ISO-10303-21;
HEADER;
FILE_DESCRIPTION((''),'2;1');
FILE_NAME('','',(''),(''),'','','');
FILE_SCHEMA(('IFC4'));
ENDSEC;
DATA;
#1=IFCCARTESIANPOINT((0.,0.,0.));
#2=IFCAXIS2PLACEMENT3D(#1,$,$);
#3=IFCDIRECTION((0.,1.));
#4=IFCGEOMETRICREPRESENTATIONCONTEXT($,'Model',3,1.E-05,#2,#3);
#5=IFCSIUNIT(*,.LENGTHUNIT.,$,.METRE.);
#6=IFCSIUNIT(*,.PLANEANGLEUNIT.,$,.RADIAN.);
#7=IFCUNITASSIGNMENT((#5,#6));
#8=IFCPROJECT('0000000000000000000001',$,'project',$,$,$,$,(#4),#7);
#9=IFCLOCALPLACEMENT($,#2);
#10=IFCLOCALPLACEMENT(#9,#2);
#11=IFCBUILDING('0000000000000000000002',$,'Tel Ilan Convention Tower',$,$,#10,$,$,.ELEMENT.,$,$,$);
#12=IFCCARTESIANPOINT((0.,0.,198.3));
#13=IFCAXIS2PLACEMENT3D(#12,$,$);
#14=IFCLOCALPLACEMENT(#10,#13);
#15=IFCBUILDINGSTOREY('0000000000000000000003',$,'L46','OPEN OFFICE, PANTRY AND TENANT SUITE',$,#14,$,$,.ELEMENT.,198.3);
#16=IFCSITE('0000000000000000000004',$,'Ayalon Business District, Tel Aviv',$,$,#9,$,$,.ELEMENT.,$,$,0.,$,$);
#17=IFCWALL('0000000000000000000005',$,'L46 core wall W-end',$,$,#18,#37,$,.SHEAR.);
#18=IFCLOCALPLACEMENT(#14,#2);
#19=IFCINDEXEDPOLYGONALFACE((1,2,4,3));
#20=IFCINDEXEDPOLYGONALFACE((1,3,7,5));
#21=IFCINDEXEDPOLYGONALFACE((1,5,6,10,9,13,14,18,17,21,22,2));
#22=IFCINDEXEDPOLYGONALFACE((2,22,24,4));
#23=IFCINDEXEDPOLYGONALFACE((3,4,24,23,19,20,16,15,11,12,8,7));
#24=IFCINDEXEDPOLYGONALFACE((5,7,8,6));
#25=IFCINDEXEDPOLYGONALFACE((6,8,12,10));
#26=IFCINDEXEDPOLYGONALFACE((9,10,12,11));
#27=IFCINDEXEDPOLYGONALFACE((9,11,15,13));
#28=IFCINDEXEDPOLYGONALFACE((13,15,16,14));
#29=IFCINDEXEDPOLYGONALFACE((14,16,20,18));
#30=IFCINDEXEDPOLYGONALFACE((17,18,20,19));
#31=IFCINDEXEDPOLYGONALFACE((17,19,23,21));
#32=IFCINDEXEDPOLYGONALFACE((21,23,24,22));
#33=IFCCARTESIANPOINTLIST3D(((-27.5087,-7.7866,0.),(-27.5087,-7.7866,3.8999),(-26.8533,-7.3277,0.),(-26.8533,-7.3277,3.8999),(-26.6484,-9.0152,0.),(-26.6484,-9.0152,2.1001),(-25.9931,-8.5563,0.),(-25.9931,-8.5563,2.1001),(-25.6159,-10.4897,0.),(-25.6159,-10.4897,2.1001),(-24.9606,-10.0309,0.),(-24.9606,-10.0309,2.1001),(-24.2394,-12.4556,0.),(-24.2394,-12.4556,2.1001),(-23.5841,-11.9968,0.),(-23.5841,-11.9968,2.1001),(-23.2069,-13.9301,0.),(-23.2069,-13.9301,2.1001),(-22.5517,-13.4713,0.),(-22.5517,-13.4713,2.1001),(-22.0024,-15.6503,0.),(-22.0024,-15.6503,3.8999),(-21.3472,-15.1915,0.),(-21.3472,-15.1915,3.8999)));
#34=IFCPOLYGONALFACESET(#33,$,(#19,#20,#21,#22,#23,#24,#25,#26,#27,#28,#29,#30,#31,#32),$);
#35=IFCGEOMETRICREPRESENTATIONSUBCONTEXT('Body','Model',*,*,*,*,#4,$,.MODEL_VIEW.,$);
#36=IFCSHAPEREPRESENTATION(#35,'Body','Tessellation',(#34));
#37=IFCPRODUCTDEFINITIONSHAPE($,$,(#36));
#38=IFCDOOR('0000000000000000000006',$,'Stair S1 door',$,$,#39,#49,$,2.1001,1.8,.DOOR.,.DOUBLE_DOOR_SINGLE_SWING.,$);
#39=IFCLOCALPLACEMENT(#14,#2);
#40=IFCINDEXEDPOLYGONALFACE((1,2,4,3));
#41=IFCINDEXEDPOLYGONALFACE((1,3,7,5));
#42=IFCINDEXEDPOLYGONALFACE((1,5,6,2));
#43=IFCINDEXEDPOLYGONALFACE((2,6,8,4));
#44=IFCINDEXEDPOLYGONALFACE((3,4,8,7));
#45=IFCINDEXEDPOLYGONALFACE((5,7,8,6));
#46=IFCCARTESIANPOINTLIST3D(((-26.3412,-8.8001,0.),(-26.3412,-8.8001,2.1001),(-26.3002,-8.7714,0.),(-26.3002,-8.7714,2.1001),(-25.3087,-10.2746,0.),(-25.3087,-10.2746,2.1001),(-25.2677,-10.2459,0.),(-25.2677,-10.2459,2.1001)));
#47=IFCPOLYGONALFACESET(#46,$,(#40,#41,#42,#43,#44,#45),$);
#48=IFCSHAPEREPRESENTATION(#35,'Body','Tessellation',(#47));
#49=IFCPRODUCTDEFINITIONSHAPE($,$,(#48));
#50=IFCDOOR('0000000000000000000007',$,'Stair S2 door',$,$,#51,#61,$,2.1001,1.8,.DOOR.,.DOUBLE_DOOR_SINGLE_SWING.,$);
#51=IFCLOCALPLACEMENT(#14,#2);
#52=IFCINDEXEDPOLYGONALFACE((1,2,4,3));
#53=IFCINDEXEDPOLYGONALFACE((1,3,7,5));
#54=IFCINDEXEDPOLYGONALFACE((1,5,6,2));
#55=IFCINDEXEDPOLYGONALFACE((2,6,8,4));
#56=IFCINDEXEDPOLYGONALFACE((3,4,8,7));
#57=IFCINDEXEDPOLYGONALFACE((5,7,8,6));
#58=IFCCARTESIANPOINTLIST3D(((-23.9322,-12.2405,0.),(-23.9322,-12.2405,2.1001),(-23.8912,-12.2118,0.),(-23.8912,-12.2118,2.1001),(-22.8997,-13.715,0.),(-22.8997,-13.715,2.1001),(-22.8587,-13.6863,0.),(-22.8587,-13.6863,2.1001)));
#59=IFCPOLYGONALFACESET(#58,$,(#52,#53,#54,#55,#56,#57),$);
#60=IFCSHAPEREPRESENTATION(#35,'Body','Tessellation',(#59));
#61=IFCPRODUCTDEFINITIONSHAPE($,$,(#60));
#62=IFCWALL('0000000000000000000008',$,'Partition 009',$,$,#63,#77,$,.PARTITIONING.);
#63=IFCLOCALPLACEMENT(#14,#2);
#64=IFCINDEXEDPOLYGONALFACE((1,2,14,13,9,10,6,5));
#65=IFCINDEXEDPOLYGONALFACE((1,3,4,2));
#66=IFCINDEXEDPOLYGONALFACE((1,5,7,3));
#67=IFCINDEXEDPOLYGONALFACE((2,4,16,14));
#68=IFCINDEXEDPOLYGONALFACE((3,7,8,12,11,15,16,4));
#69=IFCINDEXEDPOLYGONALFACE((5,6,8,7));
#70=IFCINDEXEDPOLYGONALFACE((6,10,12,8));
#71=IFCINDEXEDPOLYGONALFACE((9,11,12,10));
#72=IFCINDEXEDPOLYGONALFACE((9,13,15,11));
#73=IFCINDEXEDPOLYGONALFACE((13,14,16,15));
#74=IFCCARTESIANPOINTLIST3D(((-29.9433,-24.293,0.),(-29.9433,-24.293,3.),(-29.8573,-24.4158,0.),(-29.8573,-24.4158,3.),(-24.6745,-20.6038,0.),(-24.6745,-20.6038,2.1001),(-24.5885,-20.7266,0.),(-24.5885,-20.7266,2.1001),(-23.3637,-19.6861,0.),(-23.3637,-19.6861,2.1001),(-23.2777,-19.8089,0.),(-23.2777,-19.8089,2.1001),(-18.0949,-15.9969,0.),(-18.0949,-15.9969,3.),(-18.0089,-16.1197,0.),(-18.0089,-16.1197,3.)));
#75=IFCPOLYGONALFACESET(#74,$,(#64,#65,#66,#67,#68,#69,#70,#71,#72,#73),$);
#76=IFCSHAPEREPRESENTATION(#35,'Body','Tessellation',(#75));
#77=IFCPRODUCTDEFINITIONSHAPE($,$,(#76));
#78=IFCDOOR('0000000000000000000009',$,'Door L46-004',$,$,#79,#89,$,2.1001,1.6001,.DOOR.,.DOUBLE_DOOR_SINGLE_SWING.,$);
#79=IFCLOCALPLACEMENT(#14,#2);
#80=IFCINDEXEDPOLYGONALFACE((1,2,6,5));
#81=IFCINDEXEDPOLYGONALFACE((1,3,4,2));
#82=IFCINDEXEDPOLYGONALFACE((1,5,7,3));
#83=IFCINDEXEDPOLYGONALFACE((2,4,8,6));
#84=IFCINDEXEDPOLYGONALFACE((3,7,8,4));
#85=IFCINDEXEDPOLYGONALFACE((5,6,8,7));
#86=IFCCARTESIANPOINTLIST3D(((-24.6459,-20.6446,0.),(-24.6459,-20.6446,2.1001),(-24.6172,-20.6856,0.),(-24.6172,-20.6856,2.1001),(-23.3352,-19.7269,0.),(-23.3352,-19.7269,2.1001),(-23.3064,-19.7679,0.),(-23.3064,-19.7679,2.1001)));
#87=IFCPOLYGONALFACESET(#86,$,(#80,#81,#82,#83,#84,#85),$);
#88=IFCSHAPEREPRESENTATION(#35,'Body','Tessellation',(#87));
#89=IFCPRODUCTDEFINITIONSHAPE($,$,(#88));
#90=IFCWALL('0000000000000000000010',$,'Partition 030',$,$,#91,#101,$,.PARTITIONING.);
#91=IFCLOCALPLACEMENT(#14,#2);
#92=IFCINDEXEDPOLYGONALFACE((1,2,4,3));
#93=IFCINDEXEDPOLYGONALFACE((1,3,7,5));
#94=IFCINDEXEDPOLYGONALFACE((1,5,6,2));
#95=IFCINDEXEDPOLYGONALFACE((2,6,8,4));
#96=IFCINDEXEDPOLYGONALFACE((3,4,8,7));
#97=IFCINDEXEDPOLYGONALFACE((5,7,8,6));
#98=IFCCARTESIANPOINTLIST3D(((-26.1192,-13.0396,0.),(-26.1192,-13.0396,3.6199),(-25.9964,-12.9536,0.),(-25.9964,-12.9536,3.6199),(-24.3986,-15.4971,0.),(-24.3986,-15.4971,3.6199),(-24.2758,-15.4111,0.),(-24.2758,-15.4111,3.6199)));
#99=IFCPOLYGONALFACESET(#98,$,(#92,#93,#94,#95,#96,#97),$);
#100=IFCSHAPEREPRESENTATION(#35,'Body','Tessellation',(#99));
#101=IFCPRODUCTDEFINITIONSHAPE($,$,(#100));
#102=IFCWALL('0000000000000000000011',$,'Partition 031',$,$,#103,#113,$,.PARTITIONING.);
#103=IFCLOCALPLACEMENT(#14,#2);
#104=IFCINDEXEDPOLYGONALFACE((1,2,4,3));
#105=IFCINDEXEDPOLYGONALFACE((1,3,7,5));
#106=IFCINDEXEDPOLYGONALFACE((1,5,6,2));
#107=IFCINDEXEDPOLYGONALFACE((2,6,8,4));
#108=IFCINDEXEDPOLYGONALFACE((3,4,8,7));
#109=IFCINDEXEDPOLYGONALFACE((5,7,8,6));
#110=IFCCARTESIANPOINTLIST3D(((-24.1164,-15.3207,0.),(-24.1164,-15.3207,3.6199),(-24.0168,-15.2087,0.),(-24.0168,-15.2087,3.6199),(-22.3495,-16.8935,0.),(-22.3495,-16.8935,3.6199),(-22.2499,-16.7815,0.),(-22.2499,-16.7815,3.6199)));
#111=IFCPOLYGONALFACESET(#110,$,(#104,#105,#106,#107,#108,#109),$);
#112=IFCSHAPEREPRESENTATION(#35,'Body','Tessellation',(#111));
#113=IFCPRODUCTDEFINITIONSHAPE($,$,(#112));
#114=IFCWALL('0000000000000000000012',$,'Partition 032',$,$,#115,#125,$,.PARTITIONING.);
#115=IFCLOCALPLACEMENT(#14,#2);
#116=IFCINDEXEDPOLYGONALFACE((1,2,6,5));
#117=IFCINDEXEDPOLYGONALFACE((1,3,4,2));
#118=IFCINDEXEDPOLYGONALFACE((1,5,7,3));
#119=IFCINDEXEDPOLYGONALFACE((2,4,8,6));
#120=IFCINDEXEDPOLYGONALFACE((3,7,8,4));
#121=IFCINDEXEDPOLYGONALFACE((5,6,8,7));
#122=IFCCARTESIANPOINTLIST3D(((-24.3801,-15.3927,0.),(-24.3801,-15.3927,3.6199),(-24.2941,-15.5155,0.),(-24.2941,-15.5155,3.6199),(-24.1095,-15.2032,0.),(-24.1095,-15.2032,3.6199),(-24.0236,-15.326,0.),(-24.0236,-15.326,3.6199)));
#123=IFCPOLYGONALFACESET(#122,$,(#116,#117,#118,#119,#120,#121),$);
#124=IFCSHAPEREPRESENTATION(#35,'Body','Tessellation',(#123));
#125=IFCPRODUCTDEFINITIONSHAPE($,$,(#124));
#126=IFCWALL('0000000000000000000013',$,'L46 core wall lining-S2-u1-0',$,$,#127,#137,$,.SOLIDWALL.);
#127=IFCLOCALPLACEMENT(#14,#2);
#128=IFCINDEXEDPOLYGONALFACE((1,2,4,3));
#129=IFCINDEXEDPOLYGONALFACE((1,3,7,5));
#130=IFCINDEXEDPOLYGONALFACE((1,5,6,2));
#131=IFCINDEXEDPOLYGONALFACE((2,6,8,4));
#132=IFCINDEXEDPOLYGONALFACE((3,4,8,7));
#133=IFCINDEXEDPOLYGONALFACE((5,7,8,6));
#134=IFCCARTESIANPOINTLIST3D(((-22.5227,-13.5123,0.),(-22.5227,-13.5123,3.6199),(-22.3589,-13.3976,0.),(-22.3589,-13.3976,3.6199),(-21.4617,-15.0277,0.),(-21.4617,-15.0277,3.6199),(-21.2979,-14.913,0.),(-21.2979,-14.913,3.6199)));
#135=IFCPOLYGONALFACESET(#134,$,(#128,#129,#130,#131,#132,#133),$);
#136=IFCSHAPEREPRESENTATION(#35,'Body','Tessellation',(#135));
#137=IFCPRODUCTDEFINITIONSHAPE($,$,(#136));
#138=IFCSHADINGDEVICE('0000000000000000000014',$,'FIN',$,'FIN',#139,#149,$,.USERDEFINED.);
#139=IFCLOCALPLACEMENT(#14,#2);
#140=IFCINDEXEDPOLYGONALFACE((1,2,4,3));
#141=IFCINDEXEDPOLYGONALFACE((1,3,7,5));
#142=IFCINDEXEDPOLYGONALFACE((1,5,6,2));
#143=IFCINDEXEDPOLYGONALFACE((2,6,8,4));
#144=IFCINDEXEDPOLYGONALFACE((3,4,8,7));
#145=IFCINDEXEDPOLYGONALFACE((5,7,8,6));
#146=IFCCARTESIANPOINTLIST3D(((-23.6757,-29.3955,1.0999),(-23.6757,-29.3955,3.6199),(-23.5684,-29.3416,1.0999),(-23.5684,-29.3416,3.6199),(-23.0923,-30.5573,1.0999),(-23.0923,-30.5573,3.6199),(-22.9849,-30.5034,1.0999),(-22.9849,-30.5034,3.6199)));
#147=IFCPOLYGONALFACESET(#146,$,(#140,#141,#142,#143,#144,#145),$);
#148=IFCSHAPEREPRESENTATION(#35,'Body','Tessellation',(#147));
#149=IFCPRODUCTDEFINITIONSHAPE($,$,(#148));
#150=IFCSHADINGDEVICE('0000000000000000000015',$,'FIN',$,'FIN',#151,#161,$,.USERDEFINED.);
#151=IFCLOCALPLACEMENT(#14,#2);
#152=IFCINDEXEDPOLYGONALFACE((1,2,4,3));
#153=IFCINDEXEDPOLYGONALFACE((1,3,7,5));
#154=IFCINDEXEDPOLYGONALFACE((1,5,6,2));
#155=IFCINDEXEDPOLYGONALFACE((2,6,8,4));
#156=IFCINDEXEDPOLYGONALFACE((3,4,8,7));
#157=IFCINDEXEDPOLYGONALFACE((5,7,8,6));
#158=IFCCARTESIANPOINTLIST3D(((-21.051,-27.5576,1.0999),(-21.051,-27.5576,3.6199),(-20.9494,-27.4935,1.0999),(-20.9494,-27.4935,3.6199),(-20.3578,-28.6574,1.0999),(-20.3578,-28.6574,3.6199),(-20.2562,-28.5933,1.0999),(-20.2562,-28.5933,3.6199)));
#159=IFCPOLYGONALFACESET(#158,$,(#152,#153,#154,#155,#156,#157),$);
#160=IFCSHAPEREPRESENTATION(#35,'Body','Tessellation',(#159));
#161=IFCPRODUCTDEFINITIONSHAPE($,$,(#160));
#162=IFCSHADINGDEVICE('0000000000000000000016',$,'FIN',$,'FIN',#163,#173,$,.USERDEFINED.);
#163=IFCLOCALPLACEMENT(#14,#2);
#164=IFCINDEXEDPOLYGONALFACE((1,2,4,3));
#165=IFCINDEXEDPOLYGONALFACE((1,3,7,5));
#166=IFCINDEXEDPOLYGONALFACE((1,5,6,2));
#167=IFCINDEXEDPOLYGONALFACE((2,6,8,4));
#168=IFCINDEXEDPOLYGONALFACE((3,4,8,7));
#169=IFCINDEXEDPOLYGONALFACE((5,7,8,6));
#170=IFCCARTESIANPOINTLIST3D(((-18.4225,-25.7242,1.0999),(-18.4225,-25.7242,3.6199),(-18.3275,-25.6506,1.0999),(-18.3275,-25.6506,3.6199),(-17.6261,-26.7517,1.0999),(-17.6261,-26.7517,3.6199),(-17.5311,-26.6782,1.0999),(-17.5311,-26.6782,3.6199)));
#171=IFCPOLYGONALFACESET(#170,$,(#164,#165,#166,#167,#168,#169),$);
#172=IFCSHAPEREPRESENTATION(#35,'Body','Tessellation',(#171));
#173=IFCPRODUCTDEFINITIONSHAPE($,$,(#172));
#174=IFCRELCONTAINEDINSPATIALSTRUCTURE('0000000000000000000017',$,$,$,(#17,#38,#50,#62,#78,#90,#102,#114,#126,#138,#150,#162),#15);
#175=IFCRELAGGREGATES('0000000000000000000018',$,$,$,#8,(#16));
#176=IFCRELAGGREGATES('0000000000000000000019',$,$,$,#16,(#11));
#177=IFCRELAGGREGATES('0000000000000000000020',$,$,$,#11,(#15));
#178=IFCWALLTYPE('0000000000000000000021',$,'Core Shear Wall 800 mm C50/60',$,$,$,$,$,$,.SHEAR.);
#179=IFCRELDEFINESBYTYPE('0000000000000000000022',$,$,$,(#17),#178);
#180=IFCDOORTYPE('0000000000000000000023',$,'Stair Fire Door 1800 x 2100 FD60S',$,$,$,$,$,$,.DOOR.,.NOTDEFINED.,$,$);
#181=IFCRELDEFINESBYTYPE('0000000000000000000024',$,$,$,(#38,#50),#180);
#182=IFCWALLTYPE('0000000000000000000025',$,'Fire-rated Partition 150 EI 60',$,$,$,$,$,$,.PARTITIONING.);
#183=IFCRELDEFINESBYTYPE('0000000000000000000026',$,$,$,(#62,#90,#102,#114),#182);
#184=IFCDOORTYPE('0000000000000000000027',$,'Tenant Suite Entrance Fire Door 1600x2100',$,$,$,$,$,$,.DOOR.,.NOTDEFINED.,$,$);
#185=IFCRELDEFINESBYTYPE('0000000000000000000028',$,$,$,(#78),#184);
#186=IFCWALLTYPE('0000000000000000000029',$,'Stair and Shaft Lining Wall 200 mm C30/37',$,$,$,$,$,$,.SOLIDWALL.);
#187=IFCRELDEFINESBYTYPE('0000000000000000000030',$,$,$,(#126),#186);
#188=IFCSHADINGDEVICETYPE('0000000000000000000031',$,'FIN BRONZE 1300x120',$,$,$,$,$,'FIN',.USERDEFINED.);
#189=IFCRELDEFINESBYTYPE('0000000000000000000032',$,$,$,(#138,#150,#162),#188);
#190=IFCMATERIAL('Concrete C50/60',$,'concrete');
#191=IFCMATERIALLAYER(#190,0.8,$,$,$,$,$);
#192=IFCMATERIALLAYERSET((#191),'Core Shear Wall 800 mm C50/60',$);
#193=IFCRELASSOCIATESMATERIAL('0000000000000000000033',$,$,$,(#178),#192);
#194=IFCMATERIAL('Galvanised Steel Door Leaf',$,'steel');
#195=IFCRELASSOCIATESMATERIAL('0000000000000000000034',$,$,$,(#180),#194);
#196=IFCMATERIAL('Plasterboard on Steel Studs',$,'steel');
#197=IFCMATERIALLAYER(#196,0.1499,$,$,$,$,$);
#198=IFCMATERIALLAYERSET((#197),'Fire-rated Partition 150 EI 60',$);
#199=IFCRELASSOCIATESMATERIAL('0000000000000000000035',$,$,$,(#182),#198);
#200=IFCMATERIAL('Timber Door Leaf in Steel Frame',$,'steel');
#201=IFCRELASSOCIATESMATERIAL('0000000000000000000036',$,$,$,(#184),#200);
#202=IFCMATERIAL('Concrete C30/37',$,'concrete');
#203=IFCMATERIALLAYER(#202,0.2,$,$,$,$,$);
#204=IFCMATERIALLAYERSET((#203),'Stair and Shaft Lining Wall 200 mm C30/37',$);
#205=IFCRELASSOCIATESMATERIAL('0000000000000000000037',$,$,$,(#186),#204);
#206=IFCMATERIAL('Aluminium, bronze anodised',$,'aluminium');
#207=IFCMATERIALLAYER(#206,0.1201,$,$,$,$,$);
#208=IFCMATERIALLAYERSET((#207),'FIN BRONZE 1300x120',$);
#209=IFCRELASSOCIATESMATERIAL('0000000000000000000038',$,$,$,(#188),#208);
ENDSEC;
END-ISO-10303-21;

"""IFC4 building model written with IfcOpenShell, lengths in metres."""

from ifc_helpers import new_model, si_unit, direction, frame, frame_2d, origin, origin_2d, place, context, subcontext, project, spatial, polyline, rectangle, outline, extrude, material, layer, layer_set, type_object, element, fill, save


model = new_model("IFC4")

# Units and contexts
model_context = context("Model", 3, precision=1e-05, world=origin(), true_north=direction((0.0, 1.0)))
body_context = subcontext(model_context, "Body", "Model", "MODEL_VIEW")
ifc_project = project(units=[si_unit("LENGTHUNIT", "METRE"), si_unit("PLANEANGLEUNIT", "RADIAN")], contexts=[model_context])

# Site, building, storey
site_placement = place(None, origin())
site = spatial("IfcSite", under=ifc_project, at=site_placement, Name="Ayalon Business District, Tel Aviv", CompositionType="ELEMENT", RefElevation=0.0)
building_placement = place(site_placement, origin())
building = spatial("IfcBuilding", under=site, at=building_placement, Name="Tel Ilan Convention Tower", CompositionType="ELEMENT")
storey_placement = place(building_placement, frame((0.0, 0.0, 198.3)))
storey = spatial("IfcBuildingStorey", under=building, at=storey_placement, Name="L46", Description="OPEN OFFICE, PANTRY AND TENANT SUITE", CompositionType="ELEMENT", Elevation=198.3)

# Wall, openings, doors
ifc_material_1 = material(Name="Concrete C50/60", Category="concrete")
ifc_layer_1 = layer(ifc_material_1, 0.8)
ifc_layer_set_1 = layer_set([ifc_layer_1], Name="Core Shear Wall 800 mm C50/60")
wall_type_1 = type_object("IfcWallType", Name="Core Shear Wall 800 mm C50/60", PredefinedType="SHEAR", material=ifc_layer_set_1)
wall_1_placement = place(storey_placement, frame((-21.6748, -15.4209, 0.0), z_axis=(0.0, 0.0, 1.0), x_axis=(-0.573582, 0.819148, 0.0)))
wall_1 = element("IfcWall", 1, at=wall_1_placement, inside=storey, type_object=wall_type_1, Name="L46 core wall W-end", PredefinedType="SHEAR", context=body_context, shape_type="SweptSolid", body=[
    extrude(outline(polyline([(0.0, 0.3999), (0.0, -0.3999), (9.5999, -0.4001), (9.5999, 0.3999), (0.0, 0.3999)])), origin(), (0.0, 0.0, 1.0), 3.8999),
])
opening_1_placement = place(wall_1_placement, frame((6.3, 0.0, 0.0)))
opening_1 = element("IfcOpeningElement", 2, at=opening_1_placement, cuts=wall_1, PredefinedType="OPENING", context=body_context, shape_type="SweptSolid", body=[
    extrude(rectangle(XDim=1.8, YDim=2.1001, at=frame_2d((0.8999, 1.05))), frame((0.0, 0.4099, 0.0), z_axis=(0.0, -1.0, 0.0), x_axis=(1.0, 0.0, 0.0)), (0.0, 0.0, 1.0), 0.8201),
])
opening_2_placement = place(wall_1_placement, frame((2.1001, 0.0, 0.0)))
opening_2 = element("IfcOpeningElement", 3, at=opening_2_placement, cuts=wall_1, PredefinedType="OPENING", context=body_context, shape_type="SweptSolid", body=[
    extrude(rectangle(XDim=1.8, YDim=2.1001, at=frame_2d((0.8999, 1.05))), frame((0.0, 0.4099, 0.0), z_axis=(0.0, -1.0, 0.0), x_axis=(1.0, 0.0, 0.0)), (0.0, 0.0, 1.0), 0.8201),
])
ifc_material_2 = material(Name="Galvanised Steel Door Leaf", Category="steel")
door_type_1 = type_object("IfcDoorType", Name="Stair Fire Door 1800 x 2100 FD60S", OperationType="NOTDEFINED", PredefinedType="DOOR", material=ifc_material_2)
door_1_placement = place(opening_1_placement, origin())
door_1 = element("IfcDoor", 4, at=door_1_placement, inside=storey, type_object=door_type_1, Name="Stair S1 door", OperationType="DOUBLE_DOOR_SINGLE_SWING", OverallHeight=2.1001, OverallWidth=1.8, PredefinedType="DOOR", context=body_context, shape_type="SweptSolid", body=[
    extrude(rectangle(XDim=1.8, YDim=2.1001, at=frame_2d((0.8999, 1.05))), frame((0.0, 0.0249, 0.0), z_axis=(0.0, -1.0, 0.0), x_axis=(1.0, 0.0, 0.0)), (0.0, 0.0, 1.0), 0.05),
])
fill(opening_1, door_1)
door_2_placement = place(opening_2_placement, origin())
door_2 = element("IfcDoor", 5, at=door_2_placement, inside=storey, type_object=door_type_1, Name="Stair S2 door", OperationType="DOUBLE_DOOR_SINGLE_SWING", OverallHeight=2.1001, OverallWidth=1.8, PredefinedType="DOOR", context=body_context, shape_type="SweptSolid", body=[
    extrude(rectangle(XDim=1.8, YDim=2.1001, at=frame_2d((0.8999, 1.05))), frame((0.0, 0.0249, 0.0), z_axis=(0.0, -1.0, 0.0), x_axis=(1.0, 0.0, 0.0)), (0.0, 0.0, 1.0), 0.05),
])
fill(opening_2, door_2)

# Wall, opening, door
ifc_material_3 = material(Name="Plasterboard on Steel Studs", Category="steel")
ifc_layer_2 = layer(ifc_material_3, 0.1499)
ifc_layer_set_2 = layer_set([ifc_layer_2], Name="Fire-rated Partition 150 EI 60")
wall_type_2 = type_object("IfcWallType", Name="Fire-rated Partition 150 EI 60", PredefinedType="PARTITIONING", material=ifc_layer_set_2)
wall_2_placement = place(storey_placement, frame((-18.052, -16.0583, 0.0), z_axis=(0.0, 0.0, 1.0), x_axis=(-0.819158, -0.573568, 0.0)))
wall_2 = element("IfcWall", 6, at=wall_2_placement, inside=storey, type_object=wall_type_2, Name="Partition 009", PredefinedType="PARTITIONING", context=body_context, shape_type="SweptSolid", body=[
    extrude(rectangle(XDim=14.4641, YDim=0.1499, at=frame_2d((7.2319, 0.0))), origin(), (0.0, 0.0, 1.0), 3.0),
])
opening_3_placement = place(wall_2_placement, frame((6.4319, 0.0, 0.0)))
opening_3 = element("IfcOpeningElement", 7, at=opening_3_placement, cuts=wall_2, PredefinedType="OPENING", context=body_context, shape_type="SweptSolid", body=[
    extrude(rectangle(XDim=1.6001, YDim=2.1001, at=frame_2d((0.8, 1.05))), frame((0.0, 0.085, 0.0), z_axis=(0.0, -1.0, 0.0), x_axis=(1.0, 0.0, 0.0)), (0.0, 0.0, 1.0), 0.1699),
])
ifc_material_4 = material(Name="Timber Door Leaf in Steel Frame", Category="steel")
door_type_2 = type_object("IfcDoorType", Name="Tenant Suite Entrance Fire Door 1600x2100", OperationType="NOTDEFINED", PredefinedType="DOOR", material=ifc_material_4)
door_3_placement = place(opening_3_placement, origin())
door_3 = element("IfcDoor", 8, at=door_3_placement, inside=storey, type_object=door_type_2, Name="Door L46-004", OperationType="DOUBLE_DOOR_SINGLE_SWING", OverallHeight=2.1001, OverallWidth=1.6001, PredefinedType="DOOR", context=body_context, shape_type="SweptSolid", body=[
    extrude(rectangle(XDim=1.6001, YDim=2.1001, at=frame_2d((0.8, 1.05))), frame((0.0, 0.0249, 0.0), z_axis=(0.0, -1.0, 0.0), x_axis=(1.0, 0.0, 0.0)), (0.0, 0.0, 1.0), 0.05),
])
fill(opening_3, door_3)

# Walls
wall_3_placement = place(storey_placement, frame((-24.3372, -15.4541, 0.0), z_axis=(0.0, 0.0, 1.0), x_axis=(-0.573561, 0.819163, 0.0)))
element("IfcWall", 9, at=wall_3_placement, inside=storey, type_object=wall_type_2, Name="Partition 030", PredefinedType="PARTITIONING", context=body_context, shape_type="SweptSolid", body=[
    extrude(rectangle(XDim=3.0, YDim=0.1499, at=frame_2d((1.5, 0.0))), origin(), (0.0, 0.0, 1.0), 3.6199),
])
wall_4_placement = place(storey_placement, frame((-22.2998, -16.8374, 0.0), z_axis=(0.0, 0.0, 1.0), x_axis=(-0.746942, 0.664889, 0.0)))
element("IfcWall", 10, at=wall_4_placement, inside=storey, type_object=wall_type_2, Name="Partition 031", PredefinedType="PARTITIONING", context=body_context, shape_type="SweptSolid", body=[
    extrude(rectangle(XDim=2.3655, YDim=0.1499, at=frame_2d((1.1826, 0.0))), origin(), (0.0, 0.0, 1.0), 3.6199),
])
wall_5_placement = place(storey_placement, frame((-24.0667, -15.2646, 0.0), z_axis=(0.0, 0.0, 1.0), x_axis=(-0.819093, -0.573661, 0.0)))
element("IfcWall", 11, at=wall_5_placement, inside=storey, type_object=wall_type_2, Name="Partition 032", PredefinedType="PARTITIONING", context=body_context, shape_type="SweptSolid", body=[
    extrude(rectangle(XDim=0.3303, YDim=0.1499, at=frame_2d((0.165, 0.0))), origin(), (0.0, 0.0, 1.0), 3.6199),
])
ifc_material_5 = material(Name="Concrete C30/37", Category="concrete")
ifc_layer_3 = layer(ifc_material_5, 0.2)
ifc_layer_set_3 = layer_set([ifc_layer_3], Name="Stair and Shaft Lining Wall 200 mm C30/37")
wall_type_3 = type_object("IfcWallType", Name="Stair and Shaft Lining Wall 200 mm C30/37", PredefinedType="SOLIDWALL", material=ifc_layer_set_3)
wall_6_placement = place(storey_placement, frame((-21.3799, -14.9702, 0.0), z_axis=(0.0, 0.0, 1.0), x_axis=(-0.57356, 0.819164, 0.0)))
element("IfcWall", 12, at=wall_6_placement, inside=storey, type_object=wall_type_3, Name="L46 core wall lining-S2-u1-0", PredefinedType="SOLIDWALL", context=body_context, shape_type="SweptSolid", body=[
    extrude(rectangle(XDim=1.8499, YDim=0.2, at=frame_2d((0.9248, 0.0))), origin(), (0.0, 0.0, 1.0), 3.6199),
])

# Shading devices
ifc_material_6 = material(Name="Aluminium, bronze anodised", Category="aluminium")
ifc_layer_4 = layer(ifc_material_6, 0.1201)
ifc_layer_set_4 = layer_set([ifc_layer_4], Name="FIN BRONZE 1300x120")
shading_device_type = type_object("IfcShadingDeviceType", Name="FIN BRONZE 1300x120", ElementType="FIN", PredefinedType="USERDEFINED", material=ifc_layer_set_4)
for number, where, z_axis, x_axis, name in (
    (13, (-23.3303, -29.9495, 1.0999), (0.0, 0.0, 1.0), (0.448799, -0.893633, 0.0), "FIN"),
    (14, (-20.6536, -28.0754, 1.0999), (0.0, 0.0, 1.0), (0.533204, -0.845986, 0.0), "FIN"),
    (15, (-17.9768, -26.2012, 1.0999), (0.0, 0.0, 1.0), (0.612601, -0.790393, 0.0), "FIN"),
):
    element("IfcShadingDevice", number, at=place(storey_placement, frame(where, z_axis=z_axis, x_axis=x_axis)), inside=storey, type_object=shading_device_type, Name=name, ObjectType="FIN", PredefinedType="USERDEFINED", context=body_context, shape_type="SweptSolid", body=[
        extrude(rectangle(XDim=1.3, YDim=0.1201, at=origin_2d()), origin(), (0.0, 0.0, 1.0), 2.52),
    ])

save(model, "model.ifc")
